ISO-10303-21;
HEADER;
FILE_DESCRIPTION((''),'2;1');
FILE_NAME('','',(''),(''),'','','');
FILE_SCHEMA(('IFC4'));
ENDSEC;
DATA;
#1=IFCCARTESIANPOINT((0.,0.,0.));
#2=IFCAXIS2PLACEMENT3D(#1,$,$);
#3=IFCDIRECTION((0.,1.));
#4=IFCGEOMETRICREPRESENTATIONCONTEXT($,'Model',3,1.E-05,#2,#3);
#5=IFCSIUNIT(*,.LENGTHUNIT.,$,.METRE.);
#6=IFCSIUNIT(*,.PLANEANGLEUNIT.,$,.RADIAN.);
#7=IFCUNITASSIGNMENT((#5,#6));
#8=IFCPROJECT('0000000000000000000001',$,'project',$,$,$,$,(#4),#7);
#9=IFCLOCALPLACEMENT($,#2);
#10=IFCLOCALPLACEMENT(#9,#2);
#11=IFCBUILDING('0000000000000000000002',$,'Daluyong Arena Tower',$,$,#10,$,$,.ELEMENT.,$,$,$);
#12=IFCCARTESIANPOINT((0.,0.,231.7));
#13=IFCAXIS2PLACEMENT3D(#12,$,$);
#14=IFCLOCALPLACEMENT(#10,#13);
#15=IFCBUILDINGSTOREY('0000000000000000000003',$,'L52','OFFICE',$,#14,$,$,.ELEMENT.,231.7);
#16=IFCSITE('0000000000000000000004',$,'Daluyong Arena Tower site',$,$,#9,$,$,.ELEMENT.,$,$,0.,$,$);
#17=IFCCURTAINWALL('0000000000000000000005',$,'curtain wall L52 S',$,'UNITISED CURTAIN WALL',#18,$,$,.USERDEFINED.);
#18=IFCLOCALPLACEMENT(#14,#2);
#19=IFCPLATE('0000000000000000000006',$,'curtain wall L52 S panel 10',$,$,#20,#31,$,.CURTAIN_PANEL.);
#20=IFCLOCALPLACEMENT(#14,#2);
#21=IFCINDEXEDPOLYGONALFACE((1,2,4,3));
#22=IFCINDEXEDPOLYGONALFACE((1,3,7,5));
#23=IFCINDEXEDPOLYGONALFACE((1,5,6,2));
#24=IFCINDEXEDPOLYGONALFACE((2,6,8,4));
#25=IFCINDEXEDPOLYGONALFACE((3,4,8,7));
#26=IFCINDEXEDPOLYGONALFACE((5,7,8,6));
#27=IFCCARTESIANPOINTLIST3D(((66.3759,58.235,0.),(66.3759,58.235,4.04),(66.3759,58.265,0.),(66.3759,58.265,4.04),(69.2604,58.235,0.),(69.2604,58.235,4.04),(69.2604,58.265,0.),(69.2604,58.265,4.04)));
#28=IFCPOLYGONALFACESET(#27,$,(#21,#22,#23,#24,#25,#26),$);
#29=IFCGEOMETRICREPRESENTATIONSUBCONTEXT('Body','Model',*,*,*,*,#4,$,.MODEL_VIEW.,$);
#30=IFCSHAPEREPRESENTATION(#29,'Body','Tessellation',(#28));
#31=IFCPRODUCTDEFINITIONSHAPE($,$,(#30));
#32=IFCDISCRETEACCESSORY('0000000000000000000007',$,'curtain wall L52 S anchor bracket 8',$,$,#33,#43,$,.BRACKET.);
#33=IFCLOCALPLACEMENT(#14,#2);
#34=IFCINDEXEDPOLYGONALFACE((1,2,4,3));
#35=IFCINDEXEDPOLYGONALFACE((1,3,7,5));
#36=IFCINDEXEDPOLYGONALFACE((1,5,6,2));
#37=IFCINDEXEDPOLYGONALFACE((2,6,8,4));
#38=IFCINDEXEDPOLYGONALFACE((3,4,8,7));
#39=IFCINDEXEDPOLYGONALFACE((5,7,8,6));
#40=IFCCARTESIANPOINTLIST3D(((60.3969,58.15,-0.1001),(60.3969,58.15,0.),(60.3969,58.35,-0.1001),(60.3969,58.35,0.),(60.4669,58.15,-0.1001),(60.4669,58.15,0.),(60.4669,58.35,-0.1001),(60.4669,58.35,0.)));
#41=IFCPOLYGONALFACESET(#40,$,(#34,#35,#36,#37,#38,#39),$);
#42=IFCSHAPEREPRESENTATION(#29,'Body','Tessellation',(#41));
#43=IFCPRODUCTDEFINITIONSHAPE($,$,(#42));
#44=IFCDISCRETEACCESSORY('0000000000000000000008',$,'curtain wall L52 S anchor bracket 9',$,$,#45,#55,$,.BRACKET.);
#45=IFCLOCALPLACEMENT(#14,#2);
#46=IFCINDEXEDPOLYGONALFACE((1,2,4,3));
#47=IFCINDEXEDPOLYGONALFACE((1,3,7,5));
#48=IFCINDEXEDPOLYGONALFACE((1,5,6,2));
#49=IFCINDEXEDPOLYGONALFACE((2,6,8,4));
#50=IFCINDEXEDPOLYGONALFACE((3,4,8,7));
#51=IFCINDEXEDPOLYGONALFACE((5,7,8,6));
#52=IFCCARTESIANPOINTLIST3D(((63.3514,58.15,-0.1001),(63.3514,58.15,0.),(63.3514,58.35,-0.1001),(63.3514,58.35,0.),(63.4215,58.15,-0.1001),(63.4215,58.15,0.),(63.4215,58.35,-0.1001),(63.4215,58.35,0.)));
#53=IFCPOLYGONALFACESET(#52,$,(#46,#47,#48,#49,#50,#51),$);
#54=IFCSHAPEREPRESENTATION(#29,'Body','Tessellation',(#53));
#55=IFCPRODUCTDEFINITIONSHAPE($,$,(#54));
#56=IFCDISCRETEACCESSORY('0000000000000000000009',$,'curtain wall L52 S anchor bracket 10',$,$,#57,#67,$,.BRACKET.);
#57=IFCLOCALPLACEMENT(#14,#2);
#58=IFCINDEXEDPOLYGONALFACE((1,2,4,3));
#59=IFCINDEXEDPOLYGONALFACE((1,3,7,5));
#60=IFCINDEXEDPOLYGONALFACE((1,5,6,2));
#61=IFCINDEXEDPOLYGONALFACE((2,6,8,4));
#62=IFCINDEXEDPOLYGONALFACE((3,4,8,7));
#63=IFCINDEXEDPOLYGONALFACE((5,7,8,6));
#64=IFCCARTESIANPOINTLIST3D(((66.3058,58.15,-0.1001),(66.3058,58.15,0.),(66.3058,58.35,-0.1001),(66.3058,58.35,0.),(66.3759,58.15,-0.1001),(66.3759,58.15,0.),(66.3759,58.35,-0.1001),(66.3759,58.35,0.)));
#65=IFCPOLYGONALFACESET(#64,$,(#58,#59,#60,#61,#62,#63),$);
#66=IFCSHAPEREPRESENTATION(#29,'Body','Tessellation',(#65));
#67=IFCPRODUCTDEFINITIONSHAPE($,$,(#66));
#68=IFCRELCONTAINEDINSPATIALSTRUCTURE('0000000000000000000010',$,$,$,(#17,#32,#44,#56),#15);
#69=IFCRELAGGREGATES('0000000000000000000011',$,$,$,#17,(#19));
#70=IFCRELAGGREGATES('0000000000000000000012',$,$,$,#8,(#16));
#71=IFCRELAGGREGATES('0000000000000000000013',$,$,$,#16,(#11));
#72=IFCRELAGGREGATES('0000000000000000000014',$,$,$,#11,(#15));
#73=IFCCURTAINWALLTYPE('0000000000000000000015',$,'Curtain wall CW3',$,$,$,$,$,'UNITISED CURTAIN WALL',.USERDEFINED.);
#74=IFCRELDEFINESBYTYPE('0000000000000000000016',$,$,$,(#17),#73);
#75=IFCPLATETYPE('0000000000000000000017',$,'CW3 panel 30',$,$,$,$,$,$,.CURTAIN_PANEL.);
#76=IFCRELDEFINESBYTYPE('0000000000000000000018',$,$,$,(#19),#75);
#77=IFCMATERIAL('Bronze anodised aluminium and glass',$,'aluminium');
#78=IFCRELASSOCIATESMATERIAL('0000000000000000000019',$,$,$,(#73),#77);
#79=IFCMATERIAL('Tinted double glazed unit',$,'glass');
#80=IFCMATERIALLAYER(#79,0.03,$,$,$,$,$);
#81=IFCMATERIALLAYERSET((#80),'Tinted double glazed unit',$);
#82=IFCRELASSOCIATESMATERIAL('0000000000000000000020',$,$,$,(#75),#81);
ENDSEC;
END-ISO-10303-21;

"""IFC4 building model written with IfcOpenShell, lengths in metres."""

from ifc_helpers import new_model, si_unit, direction, frame, origin, origin_2d, place, context, subcontext, project, spatial, rectangle, extrude, material, layer, layer_set, type_object, element, aggregate, save


model = new_model("IFC4")

# Units and contexts
model_context = context("Model", 3, precision=1e-05, world=origin(), true_north=direction((0.0, 1.0)))
body_context = subcontext(model_context, "Body", "Model", "MODEL_VIEW")
ifc_project = project(units=[si_unit("LENGTHUNIT", "METRE"), si_unit("PLANEANGLEUNIT", "RADIAN")], contexts=[model_context])

# Site, building, storey
site_placement = place(None, origin())
site = spatial("IfcSite", under=ifc_project, at=site_placement, Name="Daluyong Arena Tower site", CompositionType="ELEMENT", RefElevation=0.0)
building_placement = place(site_placement, origin())
building = spatial("IfcBuilding", under=site, at=building_placement, Name="Daluyong Arena Tower", CompositionType="ELEMENT")
storey_placement = place(building_placement, frame((0.0, 0.0, 231.7)))
storey = spatial("IfcBuildingStorey", under=building, at=storey_placement, Name="L52", Description="OFFICE", CompositionType="ELEMENT", Elevation=231.7)

# Curtain wall
ifc_material_1 = material(Name="Bronze anodised aluminium and glass", Category="aluminium")
curtain_wall_type = type_object("IfcCurtainWallType", Name="Curtain wall CW3", ElementType="UNITISED CURTAIN WALL", PredefinedType="USERDEFINED", material=ifc_material_1)
curtain_wall_placement = place(storey_placement, origin())
curtain_wall = element("IfcCurtainWall", 1, at=curtain_wall_placement, inside=storey, type_object=curtain_wall_type, Name="curtain wall L52 S", ObjectType="UNITISED CURTAIN WALL", PredefinedType="USERDEFINED")

# Plate
ifc_material_2 = material(Name="Tinted double glazed unit", Category="glass")
ifc_layer = layer(ifc_material_2, 0.03)
ifc_layer_set = layer_set([ifc_layer], Name="Tinted double glazed unit")
plate_type = type_object("IfcPlateType", Name="CW3 panel 30", PredefinedType="CURTAIN_PANEL", material=ifc_layer_set)
plate_1_placement = place(storey_placement, frame((67.8181, 58.25, 0.0), z_axis=(0.0, 0.0, 1.0), x_axis=(1.0, 0.0, 0.0)))
plate_1 = element("IfcPlate", 2, at=plate_1_placement, type_object=plate_type, Name="curtain wall L52 S panel 10", PredefinedType="CURTAIN_PANEL", context=body_context, shape_type="SweptSolid", body=[
    extrude(rectangle(XDim=2.8845, YDim=0.03, at=origin_2d()), origin(), (0.0, 0.0, 1.0), 4.04),
])
aggregate(curtain_wall, [plate_1])

# Discrete accessories
for number, where, z_axis, x_axis, name in (
    (3, (60.4319, 58.25, -0.1001), (0.0, 0.0, 1.0), (1.0, 0.0, 0.0), "curtain wall L52 S anchor bracket 8"),
    (4, (63.3865, 58.25, -0.1001), (0.0, 0.0, 1.0), (1.0, 0.0, 0.0), "curtain wall L52 S anchor bracket 9"),
    (5, (66.3408, 58.25, -0.1001), (0.0, 0.0, 1.0), (1.0, 0.0, 0.0), "curtain wall L52 S anchor bracket 10"),
):
    element("IfcDiscreteAccessory", number, at=place(storey_placement, frame(where, z_axis=z_axis, x_axis=x_axis)), inside=storey, Name=name, PredefinedType="BRACKET", context=body_context, shape_type="SweptSolid", body=[
        extrude(rectangle(XDim=0.0701, YDim=0.2, at=origin_2d()), origin(), (0.0, 0.0, 1.0), 0.1001),
    ])

save(model, "model.ifc")
